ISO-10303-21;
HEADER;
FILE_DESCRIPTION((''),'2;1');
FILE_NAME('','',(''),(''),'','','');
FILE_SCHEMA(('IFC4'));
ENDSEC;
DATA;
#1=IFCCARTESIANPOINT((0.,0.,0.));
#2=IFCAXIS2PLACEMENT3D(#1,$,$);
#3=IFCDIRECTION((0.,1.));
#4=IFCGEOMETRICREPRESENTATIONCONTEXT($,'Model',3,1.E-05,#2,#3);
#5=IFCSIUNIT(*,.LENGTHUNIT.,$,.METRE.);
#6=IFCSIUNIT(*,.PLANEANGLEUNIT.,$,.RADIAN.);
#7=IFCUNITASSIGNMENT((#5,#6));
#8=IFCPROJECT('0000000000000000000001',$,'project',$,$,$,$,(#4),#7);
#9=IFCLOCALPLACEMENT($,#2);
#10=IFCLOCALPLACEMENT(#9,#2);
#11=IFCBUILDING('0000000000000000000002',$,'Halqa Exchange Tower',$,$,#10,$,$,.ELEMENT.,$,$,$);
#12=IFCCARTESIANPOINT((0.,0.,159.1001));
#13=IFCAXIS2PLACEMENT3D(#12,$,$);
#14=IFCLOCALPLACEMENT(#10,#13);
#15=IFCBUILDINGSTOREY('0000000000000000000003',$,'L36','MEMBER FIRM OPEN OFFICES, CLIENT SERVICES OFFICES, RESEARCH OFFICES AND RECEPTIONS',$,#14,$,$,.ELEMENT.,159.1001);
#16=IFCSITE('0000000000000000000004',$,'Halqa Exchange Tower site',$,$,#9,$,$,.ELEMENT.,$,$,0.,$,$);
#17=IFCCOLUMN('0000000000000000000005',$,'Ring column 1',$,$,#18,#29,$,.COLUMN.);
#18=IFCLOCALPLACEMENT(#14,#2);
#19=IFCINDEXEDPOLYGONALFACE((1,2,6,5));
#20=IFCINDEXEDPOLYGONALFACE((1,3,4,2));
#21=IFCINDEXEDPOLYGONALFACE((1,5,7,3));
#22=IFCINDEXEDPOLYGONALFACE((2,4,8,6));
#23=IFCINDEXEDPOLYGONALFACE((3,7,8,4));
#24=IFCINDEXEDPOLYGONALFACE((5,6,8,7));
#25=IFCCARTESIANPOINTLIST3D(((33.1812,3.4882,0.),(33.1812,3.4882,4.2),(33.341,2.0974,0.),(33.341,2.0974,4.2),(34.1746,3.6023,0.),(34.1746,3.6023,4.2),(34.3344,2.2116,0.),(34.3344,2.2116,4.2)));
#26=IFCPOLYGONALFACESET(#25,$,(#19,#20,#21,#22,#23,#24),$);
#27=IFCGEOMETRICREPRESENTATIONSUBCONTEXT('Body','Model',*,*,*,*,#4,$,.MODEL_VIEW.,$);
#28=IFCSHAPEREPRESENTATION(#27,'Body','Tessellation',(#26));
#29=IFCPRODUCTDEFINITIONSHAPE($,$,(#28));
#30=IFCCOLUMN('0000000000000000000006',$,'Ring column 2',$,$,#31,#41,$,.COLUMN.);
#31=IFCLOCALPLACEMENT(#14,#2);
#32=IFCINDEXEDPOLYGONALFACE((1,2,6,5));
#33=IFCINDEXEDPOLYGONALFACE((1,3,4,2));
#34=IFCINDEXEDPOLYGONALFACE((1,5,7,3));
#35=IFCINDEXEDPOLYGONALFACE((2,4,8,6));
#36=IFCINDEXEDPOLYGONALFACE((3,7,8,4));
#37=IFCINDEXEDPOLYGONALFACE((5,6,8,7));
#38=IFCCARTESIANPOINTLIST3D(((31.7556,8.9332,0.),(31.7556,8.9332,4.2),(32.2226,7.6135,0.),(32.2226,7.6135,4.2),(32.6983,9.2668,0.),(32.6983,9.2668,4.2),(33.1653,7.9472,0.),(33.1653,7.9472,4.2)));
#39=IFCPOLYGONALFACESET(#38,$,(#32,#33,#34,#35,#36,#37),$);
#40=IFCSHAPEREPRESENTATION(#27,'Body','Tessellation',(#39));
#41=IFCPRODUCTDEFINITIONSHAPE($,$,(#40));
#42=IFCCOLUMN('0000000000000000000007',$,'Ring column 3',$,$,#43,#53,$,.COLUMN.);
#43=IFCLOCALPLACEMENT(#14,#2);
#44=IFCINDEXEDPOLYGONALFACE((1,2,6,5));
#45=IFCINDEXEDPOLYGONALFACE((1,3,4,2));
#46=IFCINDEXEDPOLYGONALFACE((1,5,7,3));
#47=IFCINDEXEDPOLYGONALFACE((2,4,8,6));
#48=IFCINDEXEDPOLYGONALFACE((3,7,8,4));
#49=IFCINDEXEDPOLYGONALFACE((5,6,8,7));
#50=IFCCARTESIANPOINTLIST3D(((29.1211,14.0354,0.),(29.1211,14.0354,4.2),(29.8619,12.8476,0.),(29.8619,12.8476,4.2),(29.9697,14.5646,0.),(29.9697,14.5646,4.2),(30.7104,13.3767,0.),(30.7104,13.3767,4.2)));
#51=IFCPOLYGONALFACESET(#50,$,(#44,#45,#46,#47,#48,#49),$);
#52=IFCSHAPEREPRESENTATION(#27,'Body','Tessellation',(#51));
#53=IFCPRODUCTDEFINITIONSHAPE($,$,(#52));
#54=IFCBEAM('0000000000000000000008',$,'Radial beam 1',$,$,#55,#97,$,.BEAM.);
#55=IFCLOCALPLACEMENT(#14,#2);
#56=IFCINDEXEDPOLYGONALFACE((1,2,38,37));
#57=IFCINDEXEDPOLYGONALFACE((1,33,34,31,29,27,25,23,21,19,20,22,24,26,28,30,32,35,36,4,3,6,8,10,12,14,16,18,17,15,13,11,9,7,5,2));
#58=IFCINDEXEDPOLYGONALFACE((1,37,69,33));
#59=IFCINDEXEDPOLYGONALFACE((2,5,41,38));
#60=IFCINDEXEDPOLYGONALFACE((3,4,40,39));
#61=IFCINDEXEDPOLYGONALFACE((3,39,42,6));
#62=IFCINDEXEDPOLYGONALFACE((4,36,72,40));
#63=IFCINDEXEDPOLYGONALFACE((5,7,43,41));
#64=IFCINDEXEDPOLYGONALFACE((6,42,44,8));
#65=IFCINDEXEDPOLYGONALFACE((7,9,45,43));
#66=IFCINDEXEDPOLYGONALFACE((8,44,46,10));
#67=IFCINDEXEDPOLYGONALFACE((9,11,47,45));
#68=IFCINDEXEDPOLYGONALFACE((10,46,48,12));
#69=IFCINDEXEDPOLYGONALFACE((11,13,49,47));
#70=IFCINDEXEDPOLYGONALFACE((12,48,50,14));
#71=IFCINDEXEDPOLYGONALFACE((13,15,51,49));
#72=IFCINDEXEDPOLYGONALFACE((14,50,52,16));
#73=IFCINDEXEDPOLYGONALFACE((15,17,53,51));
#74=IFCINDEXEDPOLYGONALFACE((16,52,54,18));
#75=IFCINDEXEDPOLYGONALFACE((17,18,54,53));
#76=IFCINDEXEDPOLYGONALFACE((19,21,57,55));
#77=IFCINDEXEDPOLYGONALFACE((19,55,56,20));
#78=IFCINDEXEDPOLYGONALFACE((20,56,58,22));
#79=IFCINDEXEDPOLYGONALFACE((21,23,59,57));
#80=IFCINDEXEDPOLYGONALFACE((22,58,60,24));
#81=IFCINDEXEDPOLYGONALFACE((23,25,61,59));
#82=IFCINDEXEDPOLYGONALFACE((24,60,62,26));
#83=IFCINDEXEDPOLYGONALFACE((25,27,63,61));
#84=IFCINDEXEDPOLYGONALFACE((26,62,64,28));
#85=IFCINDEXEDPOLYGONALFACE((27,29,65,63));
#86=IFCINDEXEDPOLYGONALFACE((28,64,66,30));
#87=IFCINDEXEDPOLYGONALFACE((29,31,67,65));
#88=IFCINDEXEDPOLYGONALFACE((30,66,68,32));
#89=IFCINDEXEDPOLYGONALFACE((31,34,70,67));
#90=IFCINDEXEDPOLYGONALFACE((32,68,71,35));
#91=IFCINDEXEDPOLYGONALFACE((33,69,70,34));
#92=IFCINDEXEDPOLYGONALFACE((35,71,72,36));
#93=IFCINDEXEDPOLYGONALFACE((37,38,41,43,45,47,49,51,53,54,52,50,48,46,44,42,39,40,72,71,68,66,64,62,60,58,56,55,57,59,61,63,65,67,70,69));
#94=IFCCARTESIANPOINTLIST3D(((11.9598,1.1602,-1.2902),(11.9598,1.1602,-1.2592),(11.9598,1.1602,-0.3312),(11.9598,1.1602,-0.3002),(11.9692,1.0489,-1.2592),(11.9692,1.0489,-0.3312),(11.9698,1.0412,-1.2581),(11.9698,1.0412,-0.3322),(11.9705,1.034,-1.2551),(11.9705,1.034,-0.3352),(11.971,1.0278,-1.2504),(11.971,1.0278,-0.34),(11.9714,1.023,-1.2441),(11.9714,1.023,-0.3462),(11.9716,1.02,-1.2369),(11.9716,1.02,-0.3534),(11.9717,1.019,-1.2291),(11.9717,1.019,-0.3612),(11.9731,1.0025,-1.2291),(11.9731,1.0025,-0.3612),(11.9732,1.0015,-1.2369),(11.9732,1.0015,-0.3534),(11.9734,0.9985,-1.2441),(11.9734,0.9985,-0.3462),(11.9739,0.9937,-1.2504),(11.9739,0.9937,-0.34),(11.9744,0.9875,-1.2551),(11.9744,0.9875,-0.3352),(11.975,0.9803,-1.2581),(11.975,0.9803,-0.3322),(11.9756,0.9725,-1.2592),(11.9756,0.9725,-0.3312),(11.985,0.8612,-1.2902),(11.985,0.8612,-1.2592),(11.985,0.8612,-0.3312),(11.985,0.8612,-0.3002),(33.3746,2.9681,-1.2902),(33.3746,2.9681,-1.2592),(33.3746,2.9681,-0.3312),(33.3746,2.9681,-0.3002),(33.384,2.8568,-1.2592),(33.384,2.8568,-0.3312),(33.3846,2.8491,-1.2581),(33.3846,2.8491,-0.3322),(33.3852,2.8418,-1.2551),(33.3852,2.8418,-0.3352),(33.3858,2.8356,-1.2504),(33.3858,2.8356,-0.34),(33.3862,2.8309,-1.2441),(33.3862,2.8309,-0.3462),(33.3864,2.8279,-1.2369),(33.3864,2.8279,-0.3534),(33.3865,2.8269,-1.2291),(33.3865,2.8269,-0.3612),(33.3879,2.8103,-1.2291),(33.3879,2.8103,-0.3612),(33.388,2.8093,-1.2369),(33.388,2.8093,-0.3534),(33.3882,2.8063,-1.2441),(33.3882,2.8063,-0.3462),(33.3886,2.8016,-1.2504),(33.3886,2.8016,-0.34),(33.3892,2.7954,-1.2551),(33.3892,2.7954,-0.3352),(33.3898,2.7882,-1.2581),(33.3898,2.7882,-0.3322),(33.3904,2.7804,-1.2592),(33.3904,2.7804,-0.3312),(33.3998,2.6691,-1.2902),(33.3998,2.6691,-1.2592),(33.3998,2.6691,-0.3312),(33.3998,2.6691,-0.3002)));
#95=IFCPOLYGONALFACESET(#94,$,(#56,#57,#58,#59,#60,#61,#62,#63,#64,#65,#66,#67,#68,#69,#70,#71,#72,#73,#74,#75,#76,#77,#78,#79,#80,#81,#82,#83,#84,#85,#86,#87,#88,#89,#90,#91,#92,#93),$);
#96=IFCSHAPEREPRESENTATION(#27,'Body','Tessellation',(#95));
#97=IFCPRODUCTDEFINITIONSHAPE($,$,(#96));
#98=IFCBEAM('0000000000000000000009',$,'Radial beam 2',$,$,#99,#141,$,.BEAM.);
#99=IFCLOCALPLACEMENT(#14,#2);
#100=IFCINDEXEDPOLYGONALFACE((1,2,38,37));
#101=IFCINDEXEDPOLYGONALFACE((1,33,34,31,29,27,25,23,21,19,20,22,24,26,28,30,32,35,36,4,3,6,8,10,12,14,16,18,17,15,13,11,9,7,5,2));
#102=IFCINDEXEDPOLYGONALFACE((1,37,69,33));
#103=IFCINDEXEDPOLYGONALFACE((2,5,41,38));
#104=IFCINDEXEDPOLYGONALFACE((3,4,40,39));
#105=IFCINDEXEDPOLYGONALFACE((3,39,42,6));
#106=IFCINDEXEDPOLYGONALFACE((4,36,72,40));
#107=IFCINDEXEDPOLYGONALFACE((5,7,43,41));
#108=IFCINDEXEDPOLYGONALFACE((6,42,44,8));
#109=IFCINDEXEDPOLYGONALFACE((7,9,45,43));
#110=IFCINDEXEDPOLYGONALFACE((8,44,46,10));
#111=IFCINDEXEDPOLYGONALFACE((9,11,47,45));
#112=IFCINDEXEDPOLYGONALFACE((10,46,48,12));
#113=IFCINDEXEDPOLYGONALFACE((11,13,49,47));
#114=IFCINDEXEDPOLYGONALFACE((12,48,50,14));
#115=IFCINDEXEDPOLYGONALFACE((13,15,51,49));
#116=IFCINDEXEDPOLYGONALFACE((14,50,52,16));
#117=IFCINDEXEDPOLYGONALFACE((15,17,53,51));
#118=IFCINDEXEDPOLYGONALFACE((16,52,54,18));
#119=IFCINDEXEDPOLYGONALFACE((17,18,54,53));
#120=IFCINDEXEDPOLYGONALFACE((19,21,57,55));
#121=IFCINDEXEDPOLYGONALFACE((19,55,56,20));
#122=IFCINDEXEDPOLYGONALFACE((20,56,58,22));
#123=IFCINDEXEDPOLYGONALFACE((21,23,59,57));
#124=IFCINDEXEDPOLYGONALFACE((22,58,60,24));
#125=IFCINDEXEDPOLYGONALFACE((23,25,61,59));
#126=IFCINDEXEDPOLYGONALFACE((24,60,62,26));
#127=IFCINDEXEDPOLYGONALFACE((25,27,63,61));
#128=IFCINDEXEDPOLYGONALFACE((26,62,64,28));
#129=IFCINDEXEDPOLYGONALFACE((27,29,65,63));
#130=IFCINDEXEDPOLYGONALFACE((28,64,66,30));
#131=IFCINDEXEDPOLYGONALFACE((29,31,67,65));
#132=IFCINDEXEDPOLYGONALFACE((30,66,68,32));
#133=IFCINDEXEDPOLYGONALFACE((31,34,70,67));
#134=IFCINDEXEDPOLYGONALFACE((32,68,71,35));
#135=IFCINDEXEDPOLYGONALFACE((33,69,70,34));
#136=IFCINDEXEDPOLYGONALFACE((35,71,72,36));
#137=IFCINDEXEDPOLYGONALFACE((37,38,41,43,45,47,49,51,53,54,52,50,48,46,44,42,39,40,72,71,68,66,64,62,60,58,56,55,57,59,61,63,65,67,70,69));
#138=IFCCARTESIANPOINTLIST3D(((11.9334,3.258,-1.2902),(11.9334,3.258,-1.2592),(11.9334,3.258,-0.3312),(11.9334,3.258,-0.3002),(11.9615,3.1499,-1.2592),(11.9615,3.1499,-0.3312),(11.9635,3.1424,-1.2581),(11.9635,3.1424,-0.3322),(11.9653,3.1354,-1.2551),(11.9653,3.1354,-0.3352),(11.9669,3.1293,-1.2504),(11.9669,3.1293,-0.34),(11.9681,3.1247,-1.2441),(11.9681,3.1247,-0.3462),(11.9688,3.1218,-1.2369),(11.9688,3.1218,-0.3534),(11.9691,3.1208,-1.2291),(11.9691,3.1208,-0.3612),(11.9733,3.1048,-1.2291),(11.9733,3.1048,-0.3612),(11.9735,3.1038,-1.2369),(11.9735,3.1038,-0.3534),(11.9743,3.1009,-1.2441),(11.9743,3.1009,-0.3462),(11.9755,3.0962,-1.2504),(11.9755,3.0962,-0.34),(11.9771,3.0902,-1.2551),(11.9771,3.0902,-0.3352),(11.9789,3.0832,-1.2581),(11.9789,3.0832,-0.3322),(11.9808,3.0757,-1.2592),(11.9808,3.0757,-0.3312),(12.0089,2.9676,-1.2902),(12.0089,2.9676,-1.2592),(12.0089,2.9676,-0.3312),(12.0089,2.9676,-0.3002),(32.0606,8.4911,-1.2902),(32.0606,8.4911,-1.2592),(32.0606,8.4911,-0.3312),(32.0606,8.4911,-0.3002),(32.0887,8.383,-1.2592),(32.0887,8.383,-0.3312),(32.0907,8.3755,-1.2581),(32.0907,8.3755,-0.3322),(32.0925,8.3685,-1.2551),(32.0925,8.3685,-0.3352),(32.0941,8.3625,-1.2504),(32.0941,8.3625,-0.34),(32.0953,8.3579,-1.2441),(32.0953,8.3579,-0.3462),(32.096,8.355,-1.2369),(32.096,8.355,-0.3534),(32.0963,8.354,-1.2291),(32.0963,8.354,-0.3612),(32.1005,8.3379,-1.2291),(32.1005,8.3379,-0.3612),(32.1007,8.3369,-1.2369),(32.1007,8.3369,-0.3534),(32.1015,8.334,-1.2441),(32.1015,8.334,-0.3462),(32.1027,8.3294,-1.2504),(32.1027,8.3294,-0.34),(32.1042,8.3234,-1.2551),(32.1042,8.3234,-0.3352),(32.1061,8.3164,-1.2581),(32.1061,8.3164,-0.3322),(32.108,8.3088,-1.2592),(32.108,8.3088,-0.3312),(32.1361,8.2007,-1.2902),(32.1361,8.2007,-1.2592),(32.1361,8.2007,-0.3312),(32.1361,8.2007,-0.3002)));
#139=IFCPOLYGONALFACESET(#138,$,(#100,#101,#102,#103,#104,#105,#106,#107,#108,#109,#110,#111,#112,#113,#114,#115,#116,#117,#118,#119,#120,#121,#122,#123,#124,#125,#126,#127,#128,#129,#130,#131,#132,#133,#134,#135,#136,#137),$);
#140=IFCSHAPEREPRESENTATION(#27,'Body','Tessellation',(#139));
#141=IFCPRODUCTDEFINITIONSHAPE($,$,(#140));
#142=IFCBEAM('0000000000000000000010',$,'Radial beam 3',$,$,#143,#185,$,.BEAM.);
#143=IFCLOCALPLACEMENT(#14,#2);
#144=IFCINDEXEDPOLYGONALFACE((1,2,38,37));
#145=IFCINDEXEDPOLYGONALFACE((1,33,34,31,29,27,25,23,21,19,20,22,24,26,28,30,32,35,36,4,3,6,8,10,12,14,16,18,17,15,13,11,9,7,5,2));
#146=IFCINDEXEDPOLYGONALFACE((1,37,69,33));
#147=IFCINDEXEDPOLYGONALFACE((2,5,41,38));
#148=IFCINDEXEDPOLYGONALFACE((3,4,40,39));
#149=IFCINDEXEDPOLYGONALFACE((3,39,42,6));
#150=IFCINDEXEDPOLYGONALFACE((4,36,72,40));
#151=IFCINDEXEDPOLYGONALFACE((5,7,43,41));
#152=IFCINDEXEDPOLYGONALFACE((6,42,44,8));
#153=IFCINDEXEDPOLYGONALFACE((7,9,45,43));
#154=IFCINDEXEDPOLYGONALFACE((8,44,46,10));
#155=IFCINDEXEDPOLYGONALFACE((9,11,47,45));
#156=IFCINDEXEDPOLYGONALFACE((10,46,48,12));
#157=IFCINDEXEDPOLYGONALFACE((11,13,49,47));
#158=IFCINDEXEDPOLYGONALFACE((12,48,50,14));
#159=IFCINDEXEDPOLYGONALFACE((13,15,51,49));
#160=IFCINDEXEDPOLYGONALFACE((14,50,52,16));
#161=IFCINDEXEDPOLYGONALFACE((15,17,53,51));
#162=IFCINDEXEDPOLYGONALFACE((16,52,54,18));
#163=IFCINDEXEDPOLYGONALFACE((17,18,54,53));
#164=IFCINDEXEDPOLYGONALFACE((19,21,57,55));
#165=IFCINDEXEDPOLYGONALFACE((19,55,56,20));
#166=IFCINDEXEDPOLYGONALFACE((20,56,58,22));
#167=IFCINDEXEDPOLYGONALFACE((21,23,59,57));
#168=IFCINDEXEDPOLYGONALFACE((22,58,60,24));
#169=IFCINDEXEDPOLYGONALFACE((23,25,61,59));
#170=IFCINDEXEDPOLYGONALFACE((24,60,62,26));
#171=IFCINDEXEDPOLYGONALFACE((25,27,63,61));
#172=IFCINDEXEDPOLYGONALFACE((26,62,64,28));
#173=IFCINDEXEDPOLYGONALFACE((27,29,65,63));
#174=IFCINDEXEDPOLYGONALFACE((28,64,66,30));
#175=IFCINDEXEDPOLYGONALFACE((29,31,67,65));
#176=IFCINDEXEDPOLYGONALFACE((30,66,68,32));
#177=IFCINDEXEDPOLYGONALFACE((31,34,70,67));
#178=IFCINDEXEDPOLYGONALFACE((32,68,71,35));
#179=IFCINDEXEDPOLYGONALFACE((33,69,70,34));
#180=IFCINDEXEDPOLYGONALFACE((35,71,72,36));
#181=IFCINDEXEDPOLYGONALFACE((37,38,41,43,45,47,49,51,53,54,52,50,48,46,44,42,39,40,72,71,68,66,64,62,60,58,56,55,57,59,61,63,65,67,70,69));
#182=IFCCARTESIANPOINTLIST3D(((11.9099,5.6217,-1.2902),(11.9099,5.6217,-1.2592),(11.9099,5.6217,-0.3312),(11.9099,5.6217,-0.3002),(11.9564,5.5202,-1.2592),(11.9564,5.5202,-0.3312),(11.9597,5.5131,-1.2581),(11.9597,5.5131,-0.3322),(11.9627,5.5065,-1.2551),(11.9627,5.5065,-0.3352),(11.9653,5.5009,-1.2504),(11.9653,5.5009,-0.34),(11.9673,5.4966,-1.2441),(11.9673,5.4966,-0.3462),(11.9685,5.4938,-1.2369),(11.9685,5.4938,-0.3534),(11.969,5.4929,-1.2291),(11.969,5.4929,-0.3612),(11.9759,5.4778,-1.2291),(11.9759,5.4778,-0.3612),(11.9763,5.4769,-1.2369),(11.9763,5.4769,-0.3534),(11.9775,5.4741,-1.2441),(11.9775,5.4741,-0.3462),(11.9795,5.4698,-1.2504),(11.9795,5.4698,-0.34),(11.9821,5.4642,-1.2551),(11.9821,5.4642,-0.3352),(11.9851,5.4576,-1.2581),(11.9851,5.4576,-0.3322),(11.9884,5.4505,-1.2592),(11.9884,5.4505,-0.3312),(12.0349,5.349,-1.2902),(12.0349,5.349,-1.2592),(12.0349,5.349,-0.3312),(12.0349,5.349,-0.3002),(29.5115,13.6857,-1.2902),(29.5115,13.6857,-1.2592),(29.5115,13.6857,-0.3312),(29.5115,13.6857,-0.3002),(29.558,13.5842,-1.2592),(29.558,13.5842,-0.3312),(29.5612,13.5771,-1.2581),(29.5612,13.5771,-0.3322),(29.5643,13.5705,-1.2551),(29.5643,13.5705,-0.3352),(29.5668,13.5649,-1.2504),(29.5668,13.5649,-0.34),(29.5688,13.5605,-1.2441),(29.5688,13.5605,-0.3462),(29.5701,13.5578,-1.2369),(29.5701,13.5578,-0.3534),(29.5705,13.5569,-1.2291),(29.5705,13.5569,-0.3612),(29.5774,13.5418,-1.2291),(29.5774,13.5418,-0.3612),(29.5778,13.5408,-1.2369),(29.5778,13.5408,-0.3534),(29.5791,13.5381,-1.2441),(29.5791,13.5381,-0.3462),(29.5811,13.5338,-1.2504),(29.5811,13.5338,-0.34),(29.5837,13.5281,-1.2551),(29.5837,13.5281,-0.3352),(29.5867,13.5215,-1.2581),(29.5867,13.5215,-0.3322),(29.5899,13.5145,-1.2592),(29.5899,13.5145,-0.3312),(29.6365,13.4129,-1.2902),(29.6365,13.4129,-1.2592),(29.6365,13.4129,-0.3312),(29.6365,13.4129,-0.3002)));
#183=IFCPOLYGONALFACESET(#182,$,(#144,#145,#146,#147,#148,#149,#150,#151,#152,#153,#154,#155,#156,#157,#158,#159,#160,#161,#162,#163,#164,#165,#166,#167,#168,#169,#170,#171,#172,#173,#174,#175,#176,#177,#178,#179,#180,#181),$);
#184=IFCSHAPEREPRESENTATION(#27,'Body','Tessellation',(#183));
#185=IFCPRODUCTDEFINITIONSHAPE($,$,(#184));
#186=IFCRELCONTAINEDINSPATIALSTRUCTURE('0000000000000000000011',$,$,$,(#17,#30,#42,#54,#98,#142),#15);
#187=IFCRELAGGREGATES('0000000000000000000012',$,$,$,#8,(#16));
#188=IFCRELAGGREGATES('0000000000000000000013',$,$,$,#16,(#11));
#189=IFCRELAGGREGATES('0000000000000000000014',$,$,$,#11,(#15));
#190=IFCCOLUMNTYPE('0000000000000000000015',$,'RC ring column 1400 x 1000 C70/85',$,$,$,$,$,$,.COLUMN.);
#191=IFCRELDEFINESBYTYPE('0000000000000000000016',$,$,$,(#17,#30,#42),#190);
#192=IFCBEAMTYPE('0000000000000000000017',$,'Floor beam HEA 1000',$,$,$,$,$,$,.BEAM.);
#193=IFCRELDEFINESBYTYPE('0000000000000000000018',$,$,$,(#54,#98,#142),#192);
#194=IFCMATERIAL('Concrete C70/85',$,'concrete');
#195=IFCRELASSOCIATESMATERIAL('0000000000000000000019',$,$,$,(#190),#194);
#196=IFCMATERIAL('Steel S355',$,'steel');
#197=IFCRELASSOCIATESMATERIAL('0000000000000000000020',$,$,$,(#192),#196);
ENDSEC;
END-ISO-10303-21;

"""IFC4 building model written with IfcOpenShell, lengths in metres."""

from ifc_helpers import new_model, si_unit, direction, frame, origin, origin_2d, place, context, subcontext, project, spatial, rectangle, i_section, extrude, material, material_profile, profile_set, type_object, element, save


model = new_model("IFC4")

# Units and contexts
model_context = context("Model", 3, precision=1e-05, world=origin(), true_north=direction((0.0, 1.0)))
body_context = subcontext(model_context, "Body", "Model", "MODEL_VIEW")
ifc_project = project(units=[si_unit("LENGTHUNIT", "METRE"), si_unit("PLANEANGLEUNIT", "RADIAN")], contexts=[model_context])

# Site, building, storey
site_placement = place(None, origin())
site = spatial("IfcSite", under=ifc_project, at=site_placement, Name="Halqa Exchange Tower site", CompositionType="ELEMENT", RefElevation=0.0)
building_placement = place(site_placement, origin())
building = spatial("IfcBuilding", under=site, at=building_placement, Name="Halqa Exchange Tower", CompositionType="ELEMENT")
storey_placement = place(building_placement, frame((0.0, 0.0, 159.1001)))
storey = spatial("IfcBuildingStorey", under=building, at=storey_placement, Name="L36", Description="MEMBER FIRM OPEN OFFICES, CLIENT SERVICES OFFICES, RESEARCH OFFICES AND RECEPTIONS", CompositionType="ELEMENT", Elevation=159.1001)

# Columns
ifc_material_1 = material(Name="Concrete C70/85", Category="concrete")
ifc_material_profile_1 = material_profile(ifc_material_1, rectangle(XDim=1.3999, YDim=1.0, at=origin_2d()), Name="1400 x 1000")
ifc_profile_set_1 = profile_set([ifc_material_profile_1], Name="Concrete C70/85")
column_type = type_object("IfcColumnType", Name="RC ring column 1400 x 1000 C70/85", PredefinedType="COLUMN", material=ifc_profile_set_1)
for number, where, z_axis, x_axis, name in (
    (1, (33.7578, 2.8499, 0.0), (0.0, 0.0, 1.0), (-0.114155, 0.993463, 0.0), "Ring column 1"),
    (2, (32.4604, 8.4402, 0.0), (0.0, 0.0, 1.0), (-0.333634, 0.942703, 0.0), "Ring column 2"),
    (3, (29.9158, 13.7061, 0.0), (0.0, 0.0, 1.0), (-0.529143, 0.848532, 0.0), "Ring column 3"),
):
    element("IfcColumn", number, at=place(storey_placement, frame(where, z_axis=z_axis, x_axis=x_axis)), inside=storey, type_object=column_type, Name=name, PredefinedType="COLUMN", context=body_context, shape_type="SweptSolid", body=[
        extrude(rectangle(XDim=1.3999, YDim=1.0, at=origin_2d()), origin(), (0.0, 0.0, 1.0), 4.2),
    ])

# Beams
ifc_material_2 = material(Name="Steel S355", Category="steel")
ifc_material_profile_2 = material_profile(ifc_material_2, i_section(OverallWidth=0.3, OverallDepth=0.99, WebThickness=0.0166, FlangeThickness=0.031, FilletRadius=0.03, at=origin_2d()), Name="HEA 1000")
ifc_profile_set_2 = profile_set([ifc_material_profile_2], Name="Steel S355")
beam_type_1 = type_object("IfcBeamType", Name="Floor beam HEA 1000", PredefinedType="BEAM", material=ifc_profile_set_2)
beam_1_placement = place(storey_placement, frame((11.9724, 1.0107, -0.7952), z_axis=(0.996455, 0.084122, 0.0), x_axis=(-0.084122, 0.996455, 0.0)))
element("IfcBeam", 4, at=beam_1_placement, inside=storey, type_object=beam_type_1, Name="Radial beam 1", PredefinedType="BEAM", context=body_context, shape_type="SweptSolid", body=[
    extrude(i_section(OverallWidth=0.3, OverallDepth=0.99, WebThickness=0.0166, FlangeThickness=0.031, FilletRadius=0.03, at=origin_2d()), origin(), (0.0, 0.0, 1.0), 21.491),
])
beam_2_placement = place(storey_placement, frame((11.9712, 3.1128, -0.7952), z_axis=(0.967822, 0.251638, 0.0), x_axis=(-0.251638, 0.967822, 0.0)))
element("IfcBeam", 5, at=beam_2_placement, inside=storey, type_object=beam_type_1, Name="Radial beam 2", PredefinedType="BEAM", context=body_context, shape_type="SweptSolid", body=[
    extrude(i_section(OverallWidth=0.3, OverallDepth=0.99, WebThickness=0.0166, FlangeThickness=0.031, FilletRadius=0.03, at=origin_2d()), origin(), (0.0, 0.0, 1.0), 20.7964),
])
beam_3_placement = place(storey_placement, frame((11.9724, 5.4854, -0.7952), z_axis=(0.909132, 0.416509, 0.0), x_axis=(-0.416509, 0.909132, 0.0)))
element("IfcBeam", 6, at=beam_3_placement, inside=storey, type_object=beam_type_1, Name="Radial beam 3", PredefinedType="BEAM", context=body_context, shape_type="SweptSolid", body=[
    extrude(i_section(OverallWidth=0.3, OverallDepth=0.99, WebThickness=0.0166, FlangeThickness=0.031, FilletRadius=0.03, at=origin_2d()), origin(), (0.0, 0.0, 1.0), 19.3608),
])

save(model, "model.ifc")
